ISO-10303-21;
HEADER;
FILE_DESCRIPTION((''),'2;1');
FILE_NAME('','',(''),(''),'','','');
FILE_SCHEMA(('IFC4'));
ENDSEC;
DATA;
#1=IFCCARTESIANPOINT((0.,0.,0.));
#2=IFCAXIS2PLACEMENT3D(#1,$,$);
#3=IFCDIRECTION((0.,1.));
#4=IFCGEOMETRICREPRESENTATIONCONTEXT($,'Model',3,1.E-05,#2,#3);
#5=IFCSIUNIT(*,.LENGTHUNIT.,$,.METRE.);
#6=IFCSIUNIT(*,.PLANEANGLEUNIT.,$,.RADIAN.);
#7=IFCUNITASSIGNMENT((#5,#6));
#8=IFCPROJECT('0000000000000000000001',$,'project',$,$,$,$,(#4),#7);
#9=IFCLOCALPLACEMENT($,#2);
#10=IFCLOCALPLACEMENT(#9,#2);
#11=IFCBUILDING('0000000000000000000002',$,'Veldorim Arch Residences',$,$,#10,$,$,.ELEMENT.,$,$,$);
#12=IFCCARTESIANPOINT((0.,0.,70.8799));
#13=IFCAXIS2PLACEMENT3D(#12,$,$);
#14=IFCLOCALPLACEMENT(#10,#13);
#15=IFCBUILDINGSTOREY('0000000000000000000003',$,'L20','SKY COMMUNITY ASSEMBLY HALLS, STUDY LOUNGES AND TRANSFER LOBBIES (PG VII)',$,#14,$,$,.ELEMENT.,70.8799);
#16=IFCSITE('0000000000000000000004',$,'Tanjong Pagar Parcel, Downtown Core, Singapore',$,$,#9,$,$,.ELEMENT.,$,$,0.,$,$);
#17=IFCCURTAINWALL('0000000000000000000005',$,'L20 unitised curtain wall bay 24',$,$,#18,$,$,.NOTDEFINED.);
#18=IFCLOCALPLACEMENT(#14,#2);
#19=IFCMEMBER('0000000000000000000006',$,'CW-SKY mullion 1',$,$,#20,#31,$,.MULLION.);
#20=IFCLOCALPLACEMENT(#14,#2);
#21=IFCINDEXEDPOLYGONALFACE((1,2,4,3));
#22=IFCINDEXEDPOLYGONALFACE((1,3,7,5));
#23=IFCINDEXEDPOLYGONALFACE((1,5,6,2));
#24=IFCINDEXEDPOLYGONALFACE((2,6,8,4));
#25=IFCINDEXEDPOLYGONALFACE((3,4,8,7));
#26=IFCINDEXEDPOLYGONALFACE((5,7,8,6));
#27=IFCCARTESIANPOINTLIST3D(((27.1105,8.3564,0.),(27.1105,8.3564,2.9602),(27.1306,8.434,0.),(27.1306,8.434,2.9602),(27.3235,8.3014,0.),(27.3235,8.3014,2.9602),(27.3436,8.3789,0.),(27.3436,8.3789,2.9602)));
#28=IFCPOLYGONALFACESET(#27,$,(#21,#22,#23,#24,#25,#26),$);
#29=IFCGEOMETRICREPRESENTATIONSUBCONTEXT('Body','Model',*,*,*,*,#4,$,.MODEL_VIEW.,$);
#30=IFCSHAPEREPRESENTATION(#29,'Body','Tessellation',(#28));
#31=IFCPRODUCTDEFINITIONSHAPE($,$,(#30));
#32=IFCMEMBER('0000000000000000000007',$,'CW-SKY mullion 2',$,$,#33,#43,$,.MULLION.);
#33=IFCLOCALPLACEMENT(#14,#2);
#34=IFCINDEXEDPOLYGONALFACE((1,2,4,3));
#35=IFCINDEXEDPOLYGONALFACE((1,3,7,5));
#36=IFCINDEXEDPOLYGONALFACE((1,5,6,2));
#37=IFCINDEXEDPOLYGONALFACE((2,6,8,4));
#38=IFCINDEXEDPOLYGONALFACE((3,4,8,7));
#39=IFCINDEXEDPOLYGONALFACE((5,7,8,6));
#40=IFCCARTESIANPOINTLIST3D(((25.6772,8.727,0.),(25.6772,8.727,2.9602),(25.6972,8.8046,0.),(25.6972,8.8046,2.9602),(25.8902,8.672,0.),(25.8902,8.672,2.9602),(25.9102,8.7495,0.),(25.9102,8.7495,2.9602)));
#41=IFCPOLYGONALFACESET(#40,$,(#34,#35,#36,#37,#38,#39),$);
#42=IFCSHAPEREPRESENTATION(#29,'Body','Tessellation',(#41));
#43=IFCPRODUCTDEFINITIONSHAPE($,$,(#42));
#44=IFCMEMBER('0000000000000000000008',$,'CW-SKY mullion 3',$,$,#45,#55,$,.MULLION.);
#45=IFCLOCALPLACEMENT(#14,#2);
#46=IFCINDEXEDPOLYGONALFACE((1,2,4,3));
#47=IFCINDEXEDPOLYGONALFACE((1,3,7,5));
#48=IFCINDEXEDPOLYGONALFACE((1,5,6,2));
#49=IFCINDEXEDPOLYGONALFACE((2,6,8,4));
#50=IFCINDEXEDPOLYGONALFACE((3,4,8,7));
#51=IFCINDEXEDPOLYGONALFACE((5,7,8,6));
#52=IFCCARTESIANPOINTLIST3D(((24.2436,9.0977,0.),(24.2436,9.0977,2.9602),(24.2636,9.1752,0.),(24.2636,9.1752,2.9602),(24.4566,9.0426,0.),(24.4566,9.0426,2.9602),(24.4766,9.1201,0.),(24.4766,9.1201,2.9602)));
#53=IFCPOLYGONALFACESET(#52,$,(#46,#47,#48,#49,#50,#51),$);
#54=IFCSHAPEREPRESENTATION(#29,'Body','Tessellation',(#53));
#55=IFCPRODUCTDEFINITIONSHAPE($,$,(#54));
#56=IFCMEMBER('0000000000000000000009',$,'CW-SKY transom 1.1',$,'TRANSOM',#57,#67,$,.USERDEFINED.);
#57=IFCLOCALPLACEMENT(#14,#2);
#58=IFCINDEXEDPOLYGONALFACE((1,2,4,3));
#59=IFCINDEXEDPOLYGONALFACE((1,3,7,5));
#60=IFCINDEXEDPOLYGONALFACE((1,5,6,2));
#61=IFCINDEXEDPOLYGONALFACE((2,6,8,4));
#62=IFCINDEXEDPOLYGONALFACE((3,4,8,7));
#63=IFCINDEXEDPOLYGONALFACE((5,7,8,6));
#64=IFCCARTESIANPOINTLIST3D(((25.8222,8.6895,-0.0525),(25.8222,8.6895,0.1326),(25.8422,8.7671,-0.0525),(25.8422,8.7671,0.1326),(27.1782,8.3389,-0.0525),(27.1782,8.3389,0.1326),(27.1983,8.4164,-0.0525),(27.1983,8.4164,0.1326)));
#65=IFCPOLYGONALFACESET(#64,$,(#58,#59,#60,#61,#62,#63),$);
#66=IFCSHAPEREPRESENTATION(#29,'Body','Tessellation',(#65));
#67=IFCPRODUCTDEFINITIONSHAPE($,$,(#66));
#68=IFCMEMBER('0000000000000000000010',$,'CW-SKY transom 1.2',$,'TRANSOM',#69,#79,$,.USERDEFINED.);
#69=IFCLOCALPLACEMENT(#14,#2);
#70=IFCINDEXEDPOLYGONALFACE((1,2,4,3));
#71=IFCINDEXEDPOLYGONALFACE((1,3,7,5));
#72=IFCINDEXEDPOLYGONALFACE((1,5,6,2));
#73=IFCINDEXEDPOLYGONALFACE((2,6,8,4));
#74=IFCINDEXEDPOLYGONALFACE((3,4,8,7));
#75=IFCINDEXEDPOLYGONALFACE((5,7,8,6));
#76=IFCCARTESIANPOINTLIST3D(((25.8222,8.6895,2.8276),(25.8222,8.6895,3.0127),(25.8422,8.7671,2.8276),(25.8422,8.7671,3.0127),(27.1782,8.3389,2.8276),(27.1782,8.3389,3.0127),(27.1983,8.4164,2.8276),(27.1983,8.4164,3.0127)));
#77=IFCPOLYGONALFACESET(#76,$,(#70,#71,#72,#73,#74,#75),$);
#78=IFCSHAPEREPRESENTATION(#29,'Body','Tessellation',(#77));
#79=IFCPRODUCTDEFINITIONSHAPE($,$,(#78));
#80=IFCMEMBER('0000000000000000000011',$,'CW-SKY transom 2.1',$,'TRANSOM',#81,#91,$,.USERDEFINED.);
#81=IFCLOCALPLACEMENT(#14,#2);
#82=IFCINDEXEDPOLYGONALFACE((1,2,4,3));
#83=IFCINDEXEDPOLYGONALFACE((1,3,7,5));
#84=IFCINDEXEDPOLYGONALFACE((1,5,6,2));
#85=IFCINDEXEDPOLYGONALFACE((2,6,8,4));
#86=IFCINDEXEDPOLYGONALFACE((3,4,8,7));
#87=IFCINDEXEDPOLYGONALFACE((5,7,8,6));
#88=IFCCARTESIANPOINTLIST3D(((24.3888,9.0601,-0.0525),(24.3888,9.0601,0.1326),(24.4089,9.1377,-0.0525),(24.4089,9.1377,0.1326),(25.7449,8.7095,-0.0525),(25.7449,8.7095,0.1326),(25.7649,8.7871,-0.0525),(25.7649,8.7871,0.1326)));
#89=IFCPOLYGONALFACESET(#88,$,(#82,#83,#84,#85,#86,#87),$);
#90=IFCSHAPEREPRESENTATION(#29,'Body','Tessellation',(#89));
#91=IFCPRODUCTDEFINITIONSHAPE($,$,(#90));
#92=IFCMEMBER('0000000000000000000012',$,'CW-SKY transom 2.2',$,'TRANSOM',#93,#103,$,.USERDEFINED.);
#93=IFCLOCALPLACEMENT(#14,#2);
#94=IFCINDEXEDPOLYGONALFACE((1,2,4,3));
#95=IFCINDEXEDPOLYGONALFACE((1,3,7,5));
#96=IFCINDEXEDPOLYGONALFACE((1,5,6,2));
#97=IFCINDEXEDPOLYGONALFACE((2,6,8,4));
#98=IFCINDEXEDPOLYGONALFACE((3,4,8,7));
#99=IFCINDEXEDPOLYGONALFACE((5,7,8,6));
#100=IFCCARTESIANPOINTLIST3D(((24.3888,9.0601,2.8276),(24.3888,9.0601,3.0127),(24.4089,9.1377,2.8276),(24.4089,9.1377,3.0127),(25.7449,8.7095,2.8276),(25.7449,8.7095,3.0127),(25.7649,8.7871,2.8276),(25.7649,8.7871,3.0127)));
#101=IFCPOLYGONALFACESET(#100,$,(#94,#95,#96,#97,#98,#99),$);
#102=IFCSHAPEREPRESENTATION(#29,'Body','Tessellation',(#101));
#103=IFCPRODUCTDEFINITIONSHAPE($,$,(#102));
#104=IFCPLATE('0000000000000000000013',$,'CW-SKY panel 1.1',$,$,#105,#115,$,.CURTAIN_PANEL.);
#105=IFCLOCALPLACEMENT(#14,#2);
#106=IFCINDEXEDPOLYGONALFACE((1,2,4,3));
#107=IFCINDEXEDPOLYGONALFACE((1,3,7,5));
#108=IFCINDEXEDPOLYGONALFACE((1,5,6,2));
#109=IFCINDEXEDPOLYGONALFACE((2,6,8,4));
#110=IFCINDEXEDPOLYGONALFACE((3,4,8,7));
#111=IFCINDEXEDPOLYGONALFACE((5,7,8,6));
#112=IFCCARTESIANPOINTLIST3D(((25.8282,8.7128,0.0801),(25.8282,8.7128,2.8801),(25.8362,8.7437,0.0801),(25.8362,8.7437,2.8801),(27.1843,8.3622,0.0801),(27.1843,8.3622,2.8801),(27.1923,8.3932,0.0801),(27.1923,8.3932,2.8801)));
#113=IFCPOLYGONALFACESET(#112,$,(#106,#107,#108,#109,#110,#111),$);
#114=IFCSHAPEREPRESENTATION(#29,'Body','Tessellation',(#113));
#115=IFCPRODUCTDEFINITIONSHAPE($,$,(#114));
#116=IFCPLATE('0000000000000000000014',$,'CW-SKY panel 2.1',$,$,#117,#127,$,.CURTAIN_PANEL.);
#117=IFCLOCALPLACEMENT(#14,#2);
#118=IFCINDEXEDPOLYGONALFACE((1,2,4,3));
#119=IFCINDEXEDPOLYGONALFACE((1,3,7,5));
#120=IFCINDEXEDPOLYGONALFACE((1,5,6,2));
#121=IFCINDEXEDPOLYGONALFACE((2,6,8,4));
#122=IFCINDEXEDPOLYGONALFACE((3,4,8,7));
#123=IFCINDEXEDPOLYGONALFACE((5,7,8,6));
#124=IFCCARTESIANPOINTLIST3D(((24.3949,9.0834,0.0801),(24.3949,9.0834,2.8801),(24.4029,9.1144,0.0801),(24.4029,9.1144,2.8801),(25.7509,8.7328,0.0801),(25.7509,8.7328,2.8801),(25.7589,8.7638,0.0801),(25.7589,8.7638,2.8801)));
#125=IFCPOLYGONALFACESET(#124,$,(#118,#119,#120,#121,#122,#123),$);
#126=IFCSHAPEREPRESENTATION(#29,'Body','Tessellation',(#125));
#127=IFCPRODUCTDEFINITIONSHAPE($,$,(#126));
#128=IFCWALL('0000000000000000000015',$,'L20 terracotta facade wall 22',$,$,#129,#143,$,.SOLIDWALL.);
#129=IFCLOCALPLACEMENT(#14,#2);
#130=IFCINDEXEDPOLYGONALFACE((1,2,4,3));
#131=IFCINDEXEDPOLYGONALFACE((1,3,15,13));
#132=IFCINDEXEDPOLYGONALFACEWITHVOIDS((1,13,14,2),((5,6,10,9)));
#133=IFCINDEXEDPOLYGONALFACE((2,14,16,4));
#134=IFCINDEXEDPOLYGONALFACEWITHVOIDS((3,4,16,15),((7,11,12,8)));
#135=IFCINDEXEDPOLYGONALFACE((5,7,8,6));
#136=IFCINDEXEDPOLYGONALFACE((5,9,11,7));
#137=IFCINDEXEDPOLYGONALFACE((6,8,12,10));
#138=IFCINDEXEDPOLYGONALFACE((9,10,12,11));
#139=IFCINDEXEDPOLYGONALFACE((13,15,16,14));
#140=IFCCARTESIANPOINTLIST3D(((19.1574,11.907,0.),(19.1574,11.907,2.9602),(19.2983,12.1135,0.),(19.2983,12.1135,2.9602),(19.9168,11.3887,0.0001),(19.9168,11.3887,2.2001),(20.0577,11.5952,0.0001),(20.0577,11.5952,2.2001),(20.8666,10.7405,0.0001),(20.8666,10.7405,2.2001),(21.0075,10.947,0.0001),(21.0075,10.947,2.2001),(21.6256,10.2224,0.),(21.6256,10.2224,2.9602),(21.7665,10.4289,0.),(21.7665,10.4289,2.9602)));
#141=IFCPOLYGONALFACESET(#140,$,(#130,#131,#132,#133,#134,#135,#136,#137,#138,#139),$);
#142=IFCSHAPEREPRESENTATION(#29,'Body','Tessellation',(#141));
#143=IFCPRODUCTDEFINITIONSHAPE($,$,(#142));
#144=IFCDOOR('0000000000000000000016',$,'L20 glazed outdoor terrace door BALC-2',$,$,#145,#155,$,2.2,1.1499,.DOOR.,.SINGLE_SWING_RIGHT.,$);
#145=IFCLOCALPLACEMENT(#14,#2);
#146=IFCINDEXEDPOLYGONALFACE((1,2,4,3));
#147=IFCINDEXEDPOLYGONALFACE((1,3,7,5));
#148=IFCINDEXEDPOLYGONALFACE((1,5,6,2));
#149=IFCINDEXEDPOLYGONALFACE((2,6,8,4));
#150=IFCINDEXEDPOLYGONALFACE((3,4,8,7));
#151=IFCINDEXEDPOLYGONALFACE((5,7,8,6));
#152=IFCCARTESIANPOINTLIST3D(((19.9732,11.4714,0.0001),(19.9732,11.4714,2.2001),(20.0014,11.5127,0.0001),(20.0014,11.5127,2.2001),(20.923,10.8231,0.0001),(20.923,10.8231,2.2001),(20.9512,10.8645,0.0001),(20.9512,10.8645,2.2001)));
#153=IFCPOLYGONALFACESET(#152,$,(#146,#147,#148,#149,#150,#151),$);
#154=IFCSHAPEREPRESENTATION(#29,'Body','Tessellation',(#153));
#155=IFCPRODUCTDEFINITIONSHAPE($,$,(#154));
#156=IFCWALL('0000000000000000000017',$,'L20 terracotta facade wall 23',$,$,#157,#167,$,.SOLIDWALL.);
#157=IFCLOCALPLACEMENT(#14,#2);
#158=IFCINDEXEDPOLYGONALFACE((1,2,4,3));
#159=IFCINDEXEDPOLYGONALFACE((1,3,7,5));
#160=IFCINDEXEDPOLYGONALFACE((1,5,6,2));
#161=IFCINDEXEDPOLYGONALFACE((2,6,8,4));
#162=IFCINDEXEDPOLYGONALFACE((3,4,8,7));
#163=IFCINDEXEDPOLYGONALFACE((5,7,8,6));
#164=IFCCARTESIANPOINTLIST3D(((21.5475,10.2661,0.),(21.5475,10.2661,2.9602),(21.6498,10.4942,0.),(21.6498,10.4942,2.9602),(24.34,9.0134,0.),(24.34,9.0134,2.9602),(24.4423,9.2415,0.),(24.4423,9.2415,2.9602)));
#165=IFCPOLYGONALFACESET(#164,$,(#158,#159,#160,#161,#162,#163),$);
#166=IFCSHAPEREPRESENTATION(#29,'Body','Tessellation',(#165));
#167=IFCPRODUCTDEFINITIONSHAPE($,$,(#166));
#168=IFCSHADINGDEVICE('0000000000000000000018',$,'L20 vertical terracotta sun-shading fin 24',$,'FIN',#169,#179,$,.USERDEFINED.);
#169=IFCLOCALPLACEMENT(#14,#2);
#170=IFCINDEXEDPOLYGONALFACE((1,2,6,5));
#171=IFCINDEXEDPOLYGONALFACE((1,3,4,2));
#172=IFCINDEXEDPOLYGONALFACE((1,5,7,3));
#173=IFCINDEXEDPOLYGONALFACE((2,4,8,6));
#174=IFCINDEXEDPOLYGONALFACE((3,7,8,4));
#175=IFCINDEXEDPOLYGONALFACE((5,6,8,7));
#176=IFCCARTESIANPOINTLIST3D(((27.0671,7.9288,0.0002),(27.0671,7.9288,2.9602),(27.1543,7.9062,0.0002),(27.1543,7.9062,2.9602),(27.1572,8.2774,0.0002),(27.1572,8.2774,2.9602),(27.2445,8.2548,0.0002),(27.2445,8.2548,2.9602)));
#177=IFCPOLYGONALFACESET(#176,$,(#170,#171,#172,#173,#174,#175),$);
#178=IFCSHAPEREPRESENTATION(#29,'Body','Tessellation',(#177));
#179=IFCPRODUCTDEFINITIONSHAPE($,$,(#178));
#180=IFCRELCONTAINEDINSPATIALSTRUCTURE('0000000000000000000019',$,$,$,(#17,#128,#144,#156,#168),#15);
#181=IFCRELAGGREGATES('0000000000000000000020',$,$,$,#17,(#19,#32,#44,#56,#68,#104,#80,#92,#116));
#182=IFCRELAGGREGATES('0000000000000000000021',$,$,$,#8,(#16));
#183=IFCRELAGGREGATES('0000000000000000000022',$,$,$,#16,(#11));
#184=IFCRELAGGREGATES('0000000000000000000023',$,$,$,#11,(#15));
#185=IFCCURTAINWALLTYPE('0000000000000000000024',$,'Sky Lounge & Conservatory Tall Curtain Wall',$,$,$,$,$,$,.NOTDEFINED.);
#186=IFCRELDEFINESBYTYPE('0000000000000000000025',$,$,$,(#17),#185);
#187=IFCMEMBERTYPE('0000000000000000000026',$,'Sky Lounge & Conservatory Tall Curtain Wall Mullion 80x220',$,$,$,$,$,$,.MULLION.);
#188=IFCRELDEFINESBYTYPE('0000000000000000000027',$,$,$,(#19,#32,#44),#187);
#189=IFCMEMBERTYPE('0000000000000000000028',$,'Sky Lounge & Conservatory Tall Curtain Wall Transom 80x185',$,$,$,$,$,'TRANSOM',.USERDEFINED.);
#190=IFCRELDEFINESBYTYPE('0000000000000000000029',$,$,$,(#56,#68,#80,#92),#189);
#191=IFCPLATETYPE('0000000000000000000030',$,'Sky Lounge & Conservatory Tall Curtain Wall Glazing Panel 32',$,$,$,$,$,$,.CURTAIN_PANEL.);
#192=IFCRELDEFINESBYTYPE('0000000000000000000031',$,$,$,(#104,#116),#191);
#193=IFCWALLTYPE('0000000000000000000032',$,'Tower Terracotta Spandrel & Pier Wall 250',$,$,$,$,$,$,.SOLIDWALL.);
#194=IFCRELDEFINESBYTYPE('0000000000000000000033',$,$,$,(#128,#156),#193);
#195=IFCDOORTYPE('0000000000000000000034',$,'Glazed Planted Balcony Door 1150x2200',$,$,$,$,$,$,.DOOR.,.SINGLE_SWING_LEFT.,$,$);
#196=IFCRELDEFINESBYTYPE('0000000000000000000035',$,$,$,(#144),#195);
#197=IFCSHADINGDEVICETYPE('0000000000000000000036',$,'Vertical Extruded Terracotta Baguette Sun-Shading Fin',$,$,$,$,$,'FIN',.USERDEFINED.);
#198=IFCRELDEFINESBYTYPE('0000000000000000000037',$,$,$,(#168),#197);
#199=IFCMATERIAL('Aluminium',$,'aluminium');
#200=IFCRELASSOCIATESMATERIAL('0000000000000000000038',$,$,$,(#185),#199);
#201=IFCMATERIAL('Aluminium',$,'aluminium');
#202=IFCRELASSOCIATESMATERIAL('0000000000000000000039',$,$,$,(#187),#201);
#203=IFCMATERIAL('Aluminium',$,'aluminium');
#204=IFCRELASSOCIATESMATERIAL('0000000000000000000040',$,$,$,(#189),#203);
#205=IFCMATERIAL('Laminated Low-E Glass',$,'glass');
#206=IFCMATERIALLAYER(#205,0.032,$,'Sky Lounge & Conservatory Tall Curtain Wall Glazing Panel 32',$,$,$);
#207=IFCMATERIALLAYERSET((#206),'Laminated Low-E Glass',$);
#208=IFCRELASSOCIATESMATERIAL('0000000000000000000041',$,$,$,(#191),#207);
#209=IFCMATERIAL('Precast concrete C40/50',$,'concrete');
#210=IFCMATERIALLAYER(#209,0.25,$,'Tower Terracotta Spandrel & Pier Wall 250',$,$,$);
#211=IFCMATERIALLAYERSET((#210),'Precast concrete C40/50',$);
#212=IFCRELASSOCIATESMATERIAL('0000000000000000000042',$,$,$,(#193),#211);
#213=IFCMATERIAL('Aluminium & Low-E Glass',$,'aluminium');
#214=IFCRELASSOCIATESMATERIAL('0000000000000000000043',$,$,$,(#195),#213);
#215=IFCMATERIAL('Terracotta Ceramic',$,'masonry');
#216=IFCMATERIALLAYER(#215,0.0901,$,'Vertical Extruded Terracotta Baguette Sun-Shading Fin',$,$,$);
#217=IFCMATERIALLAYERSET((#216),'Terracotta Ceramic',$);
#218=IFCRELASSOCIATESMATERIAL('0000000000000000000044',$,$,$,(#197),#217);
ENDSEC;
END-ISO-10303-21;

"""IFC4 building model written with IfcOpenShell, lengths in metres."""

from ifc_helpers import new_model, si_unit, direction, frame, frame_2d, origin, origin_2d, place, context, subcontext, project, spatial, rectangle, extrude, material, layer, layer_set, material_profile, profile_set, type_object, element, fill, aggregate, save


model = new_model("IFC4")

# Units and contexts
model_context = context("Model", 3, precision=1e-05, world=origin(), true_north=direction((0.0, 1.0)))
body_context = subcontext(model_context, "Body", "Model", "MODEL_VIEW")
ifc_project = project(units=[si_unit("LENGTHUNIT", "METRE"), si_unit("PLANEANGLEUNIT", "RADIAN")], contexts=[model_context])

# Site, building, storey
site_placement = place(None, origin())
site = spatial("IfcSite", under=ifc_project, at=site_placement, Name="Tanjong Pagar Parcel, Downtown Core, Singapore", CompositionType="ELEMENT", RefElevation=0.0)
building_placement = place(site_placement, origin())
building = spatial("IfcBuilding", under=site, at=building_placement, Name="Veldorim Arch Residences", CompositionType="ELEMENT")
storey_placement = place(building_placement, frame((0.0, 0.0, 70.8799)))
storey = spatial("IfcBuildingStorey", under=building, at=storey_placement, Name="L20", Description="SKY COMMUNITY ASSEMBLY HALLS, STUDY LOUNGES AND TRANSFER LOBBIES (PG VII)", CompositionType="ELEMENT", Elevation=70.8799)

# Curtain wall, members, plates
ifc_material_1 = material(Name="Aluminium", Category="aluminium")
curtain_wall_type = type_object("IfcCurtainWallType", Name="Sky Lounge & Conservatory Tall Curtain Wall", PredefinedType="NOTDEFINED", material=ifc_material_1)
curtain_wall_placement = place(storey_placement, origin())
curtain_wall = element("IfcCurtainWall", 1, at=curtain_wall_placement, inside=storey, type_object=curtain_wall_type, Name="L20 unitised curtain wall bay 24", PredefinedType="NOTDEFINED")
ifc_material_2 = material(Name="Aluminium", Category="aluminium")
ifc_material_profile_1 = material_profile(ifc_material_2, rectangle(XDim=0.0801, YDim=0.22, at=origin_2d()), Name="ALU_MUL_80x220")
ifc_profile_set_1 = profile_set([ifc_material_profile_1], Name="Aluminium")
member_type_1 = type_object("IfcMemberType", Name="Sky Lounge & Conservatory Tall Curtain Wall Mullion 80x220", PredefinedType="MULLION", material=ifc_profile_set_1)
member_1_placement = place(storey_placement, frame((27.2271, 8.3677, 0.0), z_axis=(0.0, 0.0, 1.0), x_axis=(-0.250296, -0.968169, 0.0)))
member_1 = element("IfcMember", 2, at=member_1_placement, type_object=member_type_1, Name="CW-SKY mullion 1", PredefinedType="MULLION", context=body_context, shape_type="SweptSolid", body=[
    extrude(rectangle(XDim=0.0801, YDim=0.22, at=origin_2d()), origin(), (0.0, 0.0, 1.0), 2.9602),
])
member_2_placement = place(storey_placement, frame((25.7937, 8.7383, 0.0), z_axis=(0.0, 0.0, 1.0), x_axis=(-0.250296, -0.968169, 0.0)))
member_2 = element("IfcMember", 3, at=member_2_placement, type_object=member_type_1, Name="CW-SKY mullion 2", PredefinedType="MULLION", context=body_context, shape_type="SweptSolid", body=[
    extrude(rectangle(XDim=0.0801, YDim=0.22, at=origin_2d()), origin(), (0.0, 0.0, 1.0), 2.9602),
])
member_3_placement = place(storey_placement, frame((24.3601, 9.1089, 0.0), z_axis=(0.0, 0.0, 1.0), x_axis=(-0.250296, -0.968169, 0.0)))
member_3 = element("IfcMember", 4, at=member_3_placement, type_object=member_type_1, Name="CW-SKY mullion 3", PredefinedType="MULLION", context=body_context, shape_type="SweptSolid", body=[
    extrude(rectangle(XDim=0.0801, YDim=0.22, at=origin_2d()), origin(), (0.0, 0.0, 1.0), 2.9602),
])
ifc_material_3 = material(Name="Aluminium", Category="aluminium")
ifc_material_profile_2 = material_profile(ifc_material_3, rectangle(XDim=0.0801, YDim=0.1851, at=origin_2d()), Name="ALU_TRN_80x185")
ifc_profile_set_2 = profile_set([ifc_material_profile_2], Name="Aluminium")
member_type_2 = type_object("IfcMemberType", Name="Sky Lounge & Conservatory Tall Curtain Wall Transom 80x185", ElementType="TRANSOM", PredefinedType="USERDEFINED", material=ifc_profile_set_2)
member_4_placement = place(storey_placement, frame((27.1882, 8.3777, 0.04), z_axis=(-0.968163, 0.250321, 0.0), x_axis=(-0.250321, -0.968163, 0.0)))
member_4 = element("IfcMember", 5, at=member_4_placement, type_object=member_type_2, Name="CW-SKY transom 1.1", ObjectType="TRANSOM", PredefinedType="USERDEFINED", context=body_context, shape_type="SweptSolid", body=[
    extrude(rectangle(XDim=0.0801, YDim=0.1851, at=origin_2d()), origin(), (0.0, 0.0, 1.0), 1.4006),
])
member_5_placement = place(storey_placement, frame((27.1882, 8.3777, 2.9202), z_axis=(-0.968163, 0.250321, 0.0), x_axis=(-0.250321, -0.968163, 0.0)))
member_5 = element("IfcMember", 6, at=member_5_placement, type_object=member_type_2, Name="CW-SKY transom 1.2", ObjectType="TRANSOM", PredefinedType="USERDEFINED", context=body_context, shape_type="SweptSolid", body=[
    extrude(rectangle(XDim=0.0801, YDim=0.1851, at=origin_2d()), origin(), (0.0, 0.0, 1.0), 1.4006),
])
member_6_placement = place(storey_placement, frame((25.7549, 8.7483, 0.04), z_axis=(-0.968163, 0.250321, 0.0), x_axis=(-0.250321, -0.968163, 0.0)))
member_6 = element("IfcMember", 7, at=member_6_placement, type_object=member_type_2, Name="CW-SKY transom 2.1", ObjectType="TRANSOM", PredefinedType="USERDEFINED", context=body_context, shape_type="SweptSolid", body=[
    extrude(rectangle(XDim=0.0801, YDim=0.1851, at=origin_2d()), origin(), (0.0, 0.0, 1.0), 1.4006),
])
member_7_placement = place(storey_placement, frame((25.7549, 8.7483, 2.9202), z_axis=(-0.968163, 0.250321, 0.0), x_axis=(-0.250321, -0.968163, 0.0)))
member_7 = element("IfcMember", 8, at=member_7_placement, type_object=member_type_2, Name="CW-SKY transom 2.2", ObjectType="TRANSOM", PredefinedType="USERDEFINED", context=body_context, shape_type="SweptSolid", body=[
    extrude(rectangle(XDim=0.0801, YDim=0.1851, at=origin_2d()), origin(), (0.0, 0.0, 1.0), 1.4006),
])
ifc_material_4 = material(Name="Laminated Low-E Glass", Category="glass")
ifc_layer_1 = layer(ifc_material_4, 0.032, Name="Sky Lounge & Conservatory Tall Curtain Wall Glazing Panel 32")
ifc_layer_set_1 = layer_set([ifc_layer_1], Name="Laminated Low-E Glass")
plate_type = type_object("IfcPlateType", Name="Sky Lounge & Conservatory Tall Curtain Wall Glazing Panel 32", PredefinedType="CURTAIN_PANEL", material=ifc_layer_set_1)
plate_1_placement = place(storey_placement, frame((26.5103, 8.553, 0.0801), z_axis=(0.0, 0.0, 1.0), x_axis=(-0.968169, 0.250296, 0.0)))
plate_1 = element("IfcPlate", 9, at=plate_1_placement, type_object=plate_type, Name="CW-SKY panel 1.1", PredefinedType="CURTAIN_PANEL", context=body_context, shape_type="SweptSolid", body=[
    extrude(rectangle(XDim=1.4006, YDim=0.032, at=origin_2d()), origin(), (0.0, 0.0, 1.0), 2.8),
])
plate_2_placement = place(storey_placement, frame((25.0769, 8.9236, 0.0801), z_axis=(0.0, 0.0, 1.0), x_axis=(-0.968169, 0.250296, 0.0)))
plate_2 = element("IfcPlate", 10, at=plate_2_placement, type_object=plate_type, Name="CW-SKY panel 2.1", PredefinedType="CURTAIN_PANEL", context=body_context, shape_type="SweptSolid", body=[
    extrude(rectangle(XDim=1.4006, YDim=0.032, at=origin_2d()), origin(), (0.0, 0.0, 1.0), 2.8),
])
aggregate(curtain_wall, [member_1, member_2, member_3, member_4, member_5, plate_1, member_6, member_7, plate_2])

# Wall, opening, door
ifc_material_5 = material(Name="Precast concrete C40/50", Category="concrete")
ifc_layer_2 = layer(ifc_material_5, 0.25, Name="Tower Terracotta Spandrel & Pier Wall 250")
ifc_layer_set_2 = layer_set([ifc_layer_2], Name="Precast concrete C40/50")
wall_type = type_object("IfcWallType", Name="Tower Terracotta Spandrel & Pier Wall 250", PredefinedType="SOLIDWALL", material=ifc_layer_set_2)
wall_1_placement = place(storey_placement, frame((21.696, 10.3257, 0.0), z_axis=(0.0, 0.0, 1.0), x_axis=(-0.825968, 0.563717, 0.0)))
wall_1 = element("IfcWall", 11, at=wall_1_placement, inside=storey, type_object=wall_type, Name="L20 terracotta facade wall 22", PredefinedType="SOLIDWALL", context=body_context, shape_type="SweptSolid", body=[
    extrude(rectangle(XDim=2.9883, YDim=0.25, at=frame_2d((1.4941, 0.0))), origin(), (0.0, 0.0, 1.0), 2.9602),
])
opening_placement = place(wall_1_placement, frame((0.9189, 0.0, 0.0)))
opening = element("IfcOpeningElement", 12, at=opening_placement, cuts=wall_1, PredefinedType="OPENING", context=body_context, shape_type="SweptSolid", body=[
    extrude(rectangle(XDim=1.1499, YDim=2.2, at=frame_2d((0.575, 1.1001))), frame((0.0, 0.135, 0.0), z_axis=(0.0, -1.0, 0.0), x_axis=(1.0, 0.0, 0.0)), (0.0, 0.0, 1.0), 0.27),
])
ifc_material_6 = material(Name="Aluminium & Low-E Glass", Category="aluminium")
door_type = type_object("IfcDoorType", Name="Glazed Planted Balcony Door 1150x2200", OperationType="SINGLE_SWING_LEFT", PredefinedType="DOOR", material=ifc_material_6)
door_placement = place(opening_placement, origin())
door = element("IfcDoor", 13, at=door_placement, inside=storey, type_object=door_type, Name="L20 glazed outdoor terrace door BALC-2", OperationType="SINGLE_SWING_RIGHT", OverallHeight=2.2, OverallWidth=1.1499, PredefinedType="DOOR", context=body_context, shape_type="SweptSolid", body=[
    extrude(rectangle(XDim=1.1499, YDim=2.2, at=frame_2d((0.575, 1.1001))), frame((0.0, 0.0249, 0.0), z_axis=(0.0, -1.0, 0.0), x_axis=(1.0, 0.0, 0.0)), (0.0, 0.0, 1.0), 0.05),
])
fill(opening, door)

# Wall
wall_2_placement = place(storey_placement, frame((24.3911, 9.1274, 0.0), z_axis=(0.0, 0.0, 1.0), x_axis=(-0.912401, 0.409296, 0.0)))
element("IfcWall", 14, at=wall_2_placement, inside=storey, type_object=wall_type, Name="L20 terracotta facade wall 23", PredefinedType="SOLIDWALL", context=body_context, shape_type="SweptSolid", body=[
    extrude(rectangle(XDim=3.0605, YDim=0.25, at=frame_2d((1.5303, 0.0))), origin(), (0.0, 0.0, 1.0), 2.9602),
])

# Shading device
ifc_material_7 = material(Name="Terracotta Ceramic", Category="masonry")
ifc_layer_3 = layer(ifc_material_7, 0.0901, Name="Vertical Extruded Terracotta Baguette Sun-Shading Fin")
ifc_layer_set_3 = layer_set([ifc_layer_3], Name="Terracotta Ceramic")
shading_device_type = type_object("IfcShadingDeviceType", Name="Vertical Extruded Terracotta Baguette Sun-Shading Fin", ElementType="FIN", PredefinedType="USERDEFINED", material=ifc_layer_set_3)
shading_device_placement = place(storey_placement, frame((27.1558, 8.0918, 0.0002), z_axis=(0.0, 0.0, 1.0), x_axis=(-0.968148, 0.25038, 0.0)))
element("IfcShadingDevice", 15, at=shading_device_placement, inside=storey, type_object=shading_device_type, Name="L20 vertical terracotta sun-shading fin 24", ObjectType="FIN", PredefinedType="USERDEFINED", context=body_context, shape_type="SweptSolid", body=[
    extrude(rectangle(XDim=0.0901, YDim=0.3601, at=origin_2d()), origin(), (0.0, 0.0, 1.0), 2.96),
])

save(model, "model.ifc")
